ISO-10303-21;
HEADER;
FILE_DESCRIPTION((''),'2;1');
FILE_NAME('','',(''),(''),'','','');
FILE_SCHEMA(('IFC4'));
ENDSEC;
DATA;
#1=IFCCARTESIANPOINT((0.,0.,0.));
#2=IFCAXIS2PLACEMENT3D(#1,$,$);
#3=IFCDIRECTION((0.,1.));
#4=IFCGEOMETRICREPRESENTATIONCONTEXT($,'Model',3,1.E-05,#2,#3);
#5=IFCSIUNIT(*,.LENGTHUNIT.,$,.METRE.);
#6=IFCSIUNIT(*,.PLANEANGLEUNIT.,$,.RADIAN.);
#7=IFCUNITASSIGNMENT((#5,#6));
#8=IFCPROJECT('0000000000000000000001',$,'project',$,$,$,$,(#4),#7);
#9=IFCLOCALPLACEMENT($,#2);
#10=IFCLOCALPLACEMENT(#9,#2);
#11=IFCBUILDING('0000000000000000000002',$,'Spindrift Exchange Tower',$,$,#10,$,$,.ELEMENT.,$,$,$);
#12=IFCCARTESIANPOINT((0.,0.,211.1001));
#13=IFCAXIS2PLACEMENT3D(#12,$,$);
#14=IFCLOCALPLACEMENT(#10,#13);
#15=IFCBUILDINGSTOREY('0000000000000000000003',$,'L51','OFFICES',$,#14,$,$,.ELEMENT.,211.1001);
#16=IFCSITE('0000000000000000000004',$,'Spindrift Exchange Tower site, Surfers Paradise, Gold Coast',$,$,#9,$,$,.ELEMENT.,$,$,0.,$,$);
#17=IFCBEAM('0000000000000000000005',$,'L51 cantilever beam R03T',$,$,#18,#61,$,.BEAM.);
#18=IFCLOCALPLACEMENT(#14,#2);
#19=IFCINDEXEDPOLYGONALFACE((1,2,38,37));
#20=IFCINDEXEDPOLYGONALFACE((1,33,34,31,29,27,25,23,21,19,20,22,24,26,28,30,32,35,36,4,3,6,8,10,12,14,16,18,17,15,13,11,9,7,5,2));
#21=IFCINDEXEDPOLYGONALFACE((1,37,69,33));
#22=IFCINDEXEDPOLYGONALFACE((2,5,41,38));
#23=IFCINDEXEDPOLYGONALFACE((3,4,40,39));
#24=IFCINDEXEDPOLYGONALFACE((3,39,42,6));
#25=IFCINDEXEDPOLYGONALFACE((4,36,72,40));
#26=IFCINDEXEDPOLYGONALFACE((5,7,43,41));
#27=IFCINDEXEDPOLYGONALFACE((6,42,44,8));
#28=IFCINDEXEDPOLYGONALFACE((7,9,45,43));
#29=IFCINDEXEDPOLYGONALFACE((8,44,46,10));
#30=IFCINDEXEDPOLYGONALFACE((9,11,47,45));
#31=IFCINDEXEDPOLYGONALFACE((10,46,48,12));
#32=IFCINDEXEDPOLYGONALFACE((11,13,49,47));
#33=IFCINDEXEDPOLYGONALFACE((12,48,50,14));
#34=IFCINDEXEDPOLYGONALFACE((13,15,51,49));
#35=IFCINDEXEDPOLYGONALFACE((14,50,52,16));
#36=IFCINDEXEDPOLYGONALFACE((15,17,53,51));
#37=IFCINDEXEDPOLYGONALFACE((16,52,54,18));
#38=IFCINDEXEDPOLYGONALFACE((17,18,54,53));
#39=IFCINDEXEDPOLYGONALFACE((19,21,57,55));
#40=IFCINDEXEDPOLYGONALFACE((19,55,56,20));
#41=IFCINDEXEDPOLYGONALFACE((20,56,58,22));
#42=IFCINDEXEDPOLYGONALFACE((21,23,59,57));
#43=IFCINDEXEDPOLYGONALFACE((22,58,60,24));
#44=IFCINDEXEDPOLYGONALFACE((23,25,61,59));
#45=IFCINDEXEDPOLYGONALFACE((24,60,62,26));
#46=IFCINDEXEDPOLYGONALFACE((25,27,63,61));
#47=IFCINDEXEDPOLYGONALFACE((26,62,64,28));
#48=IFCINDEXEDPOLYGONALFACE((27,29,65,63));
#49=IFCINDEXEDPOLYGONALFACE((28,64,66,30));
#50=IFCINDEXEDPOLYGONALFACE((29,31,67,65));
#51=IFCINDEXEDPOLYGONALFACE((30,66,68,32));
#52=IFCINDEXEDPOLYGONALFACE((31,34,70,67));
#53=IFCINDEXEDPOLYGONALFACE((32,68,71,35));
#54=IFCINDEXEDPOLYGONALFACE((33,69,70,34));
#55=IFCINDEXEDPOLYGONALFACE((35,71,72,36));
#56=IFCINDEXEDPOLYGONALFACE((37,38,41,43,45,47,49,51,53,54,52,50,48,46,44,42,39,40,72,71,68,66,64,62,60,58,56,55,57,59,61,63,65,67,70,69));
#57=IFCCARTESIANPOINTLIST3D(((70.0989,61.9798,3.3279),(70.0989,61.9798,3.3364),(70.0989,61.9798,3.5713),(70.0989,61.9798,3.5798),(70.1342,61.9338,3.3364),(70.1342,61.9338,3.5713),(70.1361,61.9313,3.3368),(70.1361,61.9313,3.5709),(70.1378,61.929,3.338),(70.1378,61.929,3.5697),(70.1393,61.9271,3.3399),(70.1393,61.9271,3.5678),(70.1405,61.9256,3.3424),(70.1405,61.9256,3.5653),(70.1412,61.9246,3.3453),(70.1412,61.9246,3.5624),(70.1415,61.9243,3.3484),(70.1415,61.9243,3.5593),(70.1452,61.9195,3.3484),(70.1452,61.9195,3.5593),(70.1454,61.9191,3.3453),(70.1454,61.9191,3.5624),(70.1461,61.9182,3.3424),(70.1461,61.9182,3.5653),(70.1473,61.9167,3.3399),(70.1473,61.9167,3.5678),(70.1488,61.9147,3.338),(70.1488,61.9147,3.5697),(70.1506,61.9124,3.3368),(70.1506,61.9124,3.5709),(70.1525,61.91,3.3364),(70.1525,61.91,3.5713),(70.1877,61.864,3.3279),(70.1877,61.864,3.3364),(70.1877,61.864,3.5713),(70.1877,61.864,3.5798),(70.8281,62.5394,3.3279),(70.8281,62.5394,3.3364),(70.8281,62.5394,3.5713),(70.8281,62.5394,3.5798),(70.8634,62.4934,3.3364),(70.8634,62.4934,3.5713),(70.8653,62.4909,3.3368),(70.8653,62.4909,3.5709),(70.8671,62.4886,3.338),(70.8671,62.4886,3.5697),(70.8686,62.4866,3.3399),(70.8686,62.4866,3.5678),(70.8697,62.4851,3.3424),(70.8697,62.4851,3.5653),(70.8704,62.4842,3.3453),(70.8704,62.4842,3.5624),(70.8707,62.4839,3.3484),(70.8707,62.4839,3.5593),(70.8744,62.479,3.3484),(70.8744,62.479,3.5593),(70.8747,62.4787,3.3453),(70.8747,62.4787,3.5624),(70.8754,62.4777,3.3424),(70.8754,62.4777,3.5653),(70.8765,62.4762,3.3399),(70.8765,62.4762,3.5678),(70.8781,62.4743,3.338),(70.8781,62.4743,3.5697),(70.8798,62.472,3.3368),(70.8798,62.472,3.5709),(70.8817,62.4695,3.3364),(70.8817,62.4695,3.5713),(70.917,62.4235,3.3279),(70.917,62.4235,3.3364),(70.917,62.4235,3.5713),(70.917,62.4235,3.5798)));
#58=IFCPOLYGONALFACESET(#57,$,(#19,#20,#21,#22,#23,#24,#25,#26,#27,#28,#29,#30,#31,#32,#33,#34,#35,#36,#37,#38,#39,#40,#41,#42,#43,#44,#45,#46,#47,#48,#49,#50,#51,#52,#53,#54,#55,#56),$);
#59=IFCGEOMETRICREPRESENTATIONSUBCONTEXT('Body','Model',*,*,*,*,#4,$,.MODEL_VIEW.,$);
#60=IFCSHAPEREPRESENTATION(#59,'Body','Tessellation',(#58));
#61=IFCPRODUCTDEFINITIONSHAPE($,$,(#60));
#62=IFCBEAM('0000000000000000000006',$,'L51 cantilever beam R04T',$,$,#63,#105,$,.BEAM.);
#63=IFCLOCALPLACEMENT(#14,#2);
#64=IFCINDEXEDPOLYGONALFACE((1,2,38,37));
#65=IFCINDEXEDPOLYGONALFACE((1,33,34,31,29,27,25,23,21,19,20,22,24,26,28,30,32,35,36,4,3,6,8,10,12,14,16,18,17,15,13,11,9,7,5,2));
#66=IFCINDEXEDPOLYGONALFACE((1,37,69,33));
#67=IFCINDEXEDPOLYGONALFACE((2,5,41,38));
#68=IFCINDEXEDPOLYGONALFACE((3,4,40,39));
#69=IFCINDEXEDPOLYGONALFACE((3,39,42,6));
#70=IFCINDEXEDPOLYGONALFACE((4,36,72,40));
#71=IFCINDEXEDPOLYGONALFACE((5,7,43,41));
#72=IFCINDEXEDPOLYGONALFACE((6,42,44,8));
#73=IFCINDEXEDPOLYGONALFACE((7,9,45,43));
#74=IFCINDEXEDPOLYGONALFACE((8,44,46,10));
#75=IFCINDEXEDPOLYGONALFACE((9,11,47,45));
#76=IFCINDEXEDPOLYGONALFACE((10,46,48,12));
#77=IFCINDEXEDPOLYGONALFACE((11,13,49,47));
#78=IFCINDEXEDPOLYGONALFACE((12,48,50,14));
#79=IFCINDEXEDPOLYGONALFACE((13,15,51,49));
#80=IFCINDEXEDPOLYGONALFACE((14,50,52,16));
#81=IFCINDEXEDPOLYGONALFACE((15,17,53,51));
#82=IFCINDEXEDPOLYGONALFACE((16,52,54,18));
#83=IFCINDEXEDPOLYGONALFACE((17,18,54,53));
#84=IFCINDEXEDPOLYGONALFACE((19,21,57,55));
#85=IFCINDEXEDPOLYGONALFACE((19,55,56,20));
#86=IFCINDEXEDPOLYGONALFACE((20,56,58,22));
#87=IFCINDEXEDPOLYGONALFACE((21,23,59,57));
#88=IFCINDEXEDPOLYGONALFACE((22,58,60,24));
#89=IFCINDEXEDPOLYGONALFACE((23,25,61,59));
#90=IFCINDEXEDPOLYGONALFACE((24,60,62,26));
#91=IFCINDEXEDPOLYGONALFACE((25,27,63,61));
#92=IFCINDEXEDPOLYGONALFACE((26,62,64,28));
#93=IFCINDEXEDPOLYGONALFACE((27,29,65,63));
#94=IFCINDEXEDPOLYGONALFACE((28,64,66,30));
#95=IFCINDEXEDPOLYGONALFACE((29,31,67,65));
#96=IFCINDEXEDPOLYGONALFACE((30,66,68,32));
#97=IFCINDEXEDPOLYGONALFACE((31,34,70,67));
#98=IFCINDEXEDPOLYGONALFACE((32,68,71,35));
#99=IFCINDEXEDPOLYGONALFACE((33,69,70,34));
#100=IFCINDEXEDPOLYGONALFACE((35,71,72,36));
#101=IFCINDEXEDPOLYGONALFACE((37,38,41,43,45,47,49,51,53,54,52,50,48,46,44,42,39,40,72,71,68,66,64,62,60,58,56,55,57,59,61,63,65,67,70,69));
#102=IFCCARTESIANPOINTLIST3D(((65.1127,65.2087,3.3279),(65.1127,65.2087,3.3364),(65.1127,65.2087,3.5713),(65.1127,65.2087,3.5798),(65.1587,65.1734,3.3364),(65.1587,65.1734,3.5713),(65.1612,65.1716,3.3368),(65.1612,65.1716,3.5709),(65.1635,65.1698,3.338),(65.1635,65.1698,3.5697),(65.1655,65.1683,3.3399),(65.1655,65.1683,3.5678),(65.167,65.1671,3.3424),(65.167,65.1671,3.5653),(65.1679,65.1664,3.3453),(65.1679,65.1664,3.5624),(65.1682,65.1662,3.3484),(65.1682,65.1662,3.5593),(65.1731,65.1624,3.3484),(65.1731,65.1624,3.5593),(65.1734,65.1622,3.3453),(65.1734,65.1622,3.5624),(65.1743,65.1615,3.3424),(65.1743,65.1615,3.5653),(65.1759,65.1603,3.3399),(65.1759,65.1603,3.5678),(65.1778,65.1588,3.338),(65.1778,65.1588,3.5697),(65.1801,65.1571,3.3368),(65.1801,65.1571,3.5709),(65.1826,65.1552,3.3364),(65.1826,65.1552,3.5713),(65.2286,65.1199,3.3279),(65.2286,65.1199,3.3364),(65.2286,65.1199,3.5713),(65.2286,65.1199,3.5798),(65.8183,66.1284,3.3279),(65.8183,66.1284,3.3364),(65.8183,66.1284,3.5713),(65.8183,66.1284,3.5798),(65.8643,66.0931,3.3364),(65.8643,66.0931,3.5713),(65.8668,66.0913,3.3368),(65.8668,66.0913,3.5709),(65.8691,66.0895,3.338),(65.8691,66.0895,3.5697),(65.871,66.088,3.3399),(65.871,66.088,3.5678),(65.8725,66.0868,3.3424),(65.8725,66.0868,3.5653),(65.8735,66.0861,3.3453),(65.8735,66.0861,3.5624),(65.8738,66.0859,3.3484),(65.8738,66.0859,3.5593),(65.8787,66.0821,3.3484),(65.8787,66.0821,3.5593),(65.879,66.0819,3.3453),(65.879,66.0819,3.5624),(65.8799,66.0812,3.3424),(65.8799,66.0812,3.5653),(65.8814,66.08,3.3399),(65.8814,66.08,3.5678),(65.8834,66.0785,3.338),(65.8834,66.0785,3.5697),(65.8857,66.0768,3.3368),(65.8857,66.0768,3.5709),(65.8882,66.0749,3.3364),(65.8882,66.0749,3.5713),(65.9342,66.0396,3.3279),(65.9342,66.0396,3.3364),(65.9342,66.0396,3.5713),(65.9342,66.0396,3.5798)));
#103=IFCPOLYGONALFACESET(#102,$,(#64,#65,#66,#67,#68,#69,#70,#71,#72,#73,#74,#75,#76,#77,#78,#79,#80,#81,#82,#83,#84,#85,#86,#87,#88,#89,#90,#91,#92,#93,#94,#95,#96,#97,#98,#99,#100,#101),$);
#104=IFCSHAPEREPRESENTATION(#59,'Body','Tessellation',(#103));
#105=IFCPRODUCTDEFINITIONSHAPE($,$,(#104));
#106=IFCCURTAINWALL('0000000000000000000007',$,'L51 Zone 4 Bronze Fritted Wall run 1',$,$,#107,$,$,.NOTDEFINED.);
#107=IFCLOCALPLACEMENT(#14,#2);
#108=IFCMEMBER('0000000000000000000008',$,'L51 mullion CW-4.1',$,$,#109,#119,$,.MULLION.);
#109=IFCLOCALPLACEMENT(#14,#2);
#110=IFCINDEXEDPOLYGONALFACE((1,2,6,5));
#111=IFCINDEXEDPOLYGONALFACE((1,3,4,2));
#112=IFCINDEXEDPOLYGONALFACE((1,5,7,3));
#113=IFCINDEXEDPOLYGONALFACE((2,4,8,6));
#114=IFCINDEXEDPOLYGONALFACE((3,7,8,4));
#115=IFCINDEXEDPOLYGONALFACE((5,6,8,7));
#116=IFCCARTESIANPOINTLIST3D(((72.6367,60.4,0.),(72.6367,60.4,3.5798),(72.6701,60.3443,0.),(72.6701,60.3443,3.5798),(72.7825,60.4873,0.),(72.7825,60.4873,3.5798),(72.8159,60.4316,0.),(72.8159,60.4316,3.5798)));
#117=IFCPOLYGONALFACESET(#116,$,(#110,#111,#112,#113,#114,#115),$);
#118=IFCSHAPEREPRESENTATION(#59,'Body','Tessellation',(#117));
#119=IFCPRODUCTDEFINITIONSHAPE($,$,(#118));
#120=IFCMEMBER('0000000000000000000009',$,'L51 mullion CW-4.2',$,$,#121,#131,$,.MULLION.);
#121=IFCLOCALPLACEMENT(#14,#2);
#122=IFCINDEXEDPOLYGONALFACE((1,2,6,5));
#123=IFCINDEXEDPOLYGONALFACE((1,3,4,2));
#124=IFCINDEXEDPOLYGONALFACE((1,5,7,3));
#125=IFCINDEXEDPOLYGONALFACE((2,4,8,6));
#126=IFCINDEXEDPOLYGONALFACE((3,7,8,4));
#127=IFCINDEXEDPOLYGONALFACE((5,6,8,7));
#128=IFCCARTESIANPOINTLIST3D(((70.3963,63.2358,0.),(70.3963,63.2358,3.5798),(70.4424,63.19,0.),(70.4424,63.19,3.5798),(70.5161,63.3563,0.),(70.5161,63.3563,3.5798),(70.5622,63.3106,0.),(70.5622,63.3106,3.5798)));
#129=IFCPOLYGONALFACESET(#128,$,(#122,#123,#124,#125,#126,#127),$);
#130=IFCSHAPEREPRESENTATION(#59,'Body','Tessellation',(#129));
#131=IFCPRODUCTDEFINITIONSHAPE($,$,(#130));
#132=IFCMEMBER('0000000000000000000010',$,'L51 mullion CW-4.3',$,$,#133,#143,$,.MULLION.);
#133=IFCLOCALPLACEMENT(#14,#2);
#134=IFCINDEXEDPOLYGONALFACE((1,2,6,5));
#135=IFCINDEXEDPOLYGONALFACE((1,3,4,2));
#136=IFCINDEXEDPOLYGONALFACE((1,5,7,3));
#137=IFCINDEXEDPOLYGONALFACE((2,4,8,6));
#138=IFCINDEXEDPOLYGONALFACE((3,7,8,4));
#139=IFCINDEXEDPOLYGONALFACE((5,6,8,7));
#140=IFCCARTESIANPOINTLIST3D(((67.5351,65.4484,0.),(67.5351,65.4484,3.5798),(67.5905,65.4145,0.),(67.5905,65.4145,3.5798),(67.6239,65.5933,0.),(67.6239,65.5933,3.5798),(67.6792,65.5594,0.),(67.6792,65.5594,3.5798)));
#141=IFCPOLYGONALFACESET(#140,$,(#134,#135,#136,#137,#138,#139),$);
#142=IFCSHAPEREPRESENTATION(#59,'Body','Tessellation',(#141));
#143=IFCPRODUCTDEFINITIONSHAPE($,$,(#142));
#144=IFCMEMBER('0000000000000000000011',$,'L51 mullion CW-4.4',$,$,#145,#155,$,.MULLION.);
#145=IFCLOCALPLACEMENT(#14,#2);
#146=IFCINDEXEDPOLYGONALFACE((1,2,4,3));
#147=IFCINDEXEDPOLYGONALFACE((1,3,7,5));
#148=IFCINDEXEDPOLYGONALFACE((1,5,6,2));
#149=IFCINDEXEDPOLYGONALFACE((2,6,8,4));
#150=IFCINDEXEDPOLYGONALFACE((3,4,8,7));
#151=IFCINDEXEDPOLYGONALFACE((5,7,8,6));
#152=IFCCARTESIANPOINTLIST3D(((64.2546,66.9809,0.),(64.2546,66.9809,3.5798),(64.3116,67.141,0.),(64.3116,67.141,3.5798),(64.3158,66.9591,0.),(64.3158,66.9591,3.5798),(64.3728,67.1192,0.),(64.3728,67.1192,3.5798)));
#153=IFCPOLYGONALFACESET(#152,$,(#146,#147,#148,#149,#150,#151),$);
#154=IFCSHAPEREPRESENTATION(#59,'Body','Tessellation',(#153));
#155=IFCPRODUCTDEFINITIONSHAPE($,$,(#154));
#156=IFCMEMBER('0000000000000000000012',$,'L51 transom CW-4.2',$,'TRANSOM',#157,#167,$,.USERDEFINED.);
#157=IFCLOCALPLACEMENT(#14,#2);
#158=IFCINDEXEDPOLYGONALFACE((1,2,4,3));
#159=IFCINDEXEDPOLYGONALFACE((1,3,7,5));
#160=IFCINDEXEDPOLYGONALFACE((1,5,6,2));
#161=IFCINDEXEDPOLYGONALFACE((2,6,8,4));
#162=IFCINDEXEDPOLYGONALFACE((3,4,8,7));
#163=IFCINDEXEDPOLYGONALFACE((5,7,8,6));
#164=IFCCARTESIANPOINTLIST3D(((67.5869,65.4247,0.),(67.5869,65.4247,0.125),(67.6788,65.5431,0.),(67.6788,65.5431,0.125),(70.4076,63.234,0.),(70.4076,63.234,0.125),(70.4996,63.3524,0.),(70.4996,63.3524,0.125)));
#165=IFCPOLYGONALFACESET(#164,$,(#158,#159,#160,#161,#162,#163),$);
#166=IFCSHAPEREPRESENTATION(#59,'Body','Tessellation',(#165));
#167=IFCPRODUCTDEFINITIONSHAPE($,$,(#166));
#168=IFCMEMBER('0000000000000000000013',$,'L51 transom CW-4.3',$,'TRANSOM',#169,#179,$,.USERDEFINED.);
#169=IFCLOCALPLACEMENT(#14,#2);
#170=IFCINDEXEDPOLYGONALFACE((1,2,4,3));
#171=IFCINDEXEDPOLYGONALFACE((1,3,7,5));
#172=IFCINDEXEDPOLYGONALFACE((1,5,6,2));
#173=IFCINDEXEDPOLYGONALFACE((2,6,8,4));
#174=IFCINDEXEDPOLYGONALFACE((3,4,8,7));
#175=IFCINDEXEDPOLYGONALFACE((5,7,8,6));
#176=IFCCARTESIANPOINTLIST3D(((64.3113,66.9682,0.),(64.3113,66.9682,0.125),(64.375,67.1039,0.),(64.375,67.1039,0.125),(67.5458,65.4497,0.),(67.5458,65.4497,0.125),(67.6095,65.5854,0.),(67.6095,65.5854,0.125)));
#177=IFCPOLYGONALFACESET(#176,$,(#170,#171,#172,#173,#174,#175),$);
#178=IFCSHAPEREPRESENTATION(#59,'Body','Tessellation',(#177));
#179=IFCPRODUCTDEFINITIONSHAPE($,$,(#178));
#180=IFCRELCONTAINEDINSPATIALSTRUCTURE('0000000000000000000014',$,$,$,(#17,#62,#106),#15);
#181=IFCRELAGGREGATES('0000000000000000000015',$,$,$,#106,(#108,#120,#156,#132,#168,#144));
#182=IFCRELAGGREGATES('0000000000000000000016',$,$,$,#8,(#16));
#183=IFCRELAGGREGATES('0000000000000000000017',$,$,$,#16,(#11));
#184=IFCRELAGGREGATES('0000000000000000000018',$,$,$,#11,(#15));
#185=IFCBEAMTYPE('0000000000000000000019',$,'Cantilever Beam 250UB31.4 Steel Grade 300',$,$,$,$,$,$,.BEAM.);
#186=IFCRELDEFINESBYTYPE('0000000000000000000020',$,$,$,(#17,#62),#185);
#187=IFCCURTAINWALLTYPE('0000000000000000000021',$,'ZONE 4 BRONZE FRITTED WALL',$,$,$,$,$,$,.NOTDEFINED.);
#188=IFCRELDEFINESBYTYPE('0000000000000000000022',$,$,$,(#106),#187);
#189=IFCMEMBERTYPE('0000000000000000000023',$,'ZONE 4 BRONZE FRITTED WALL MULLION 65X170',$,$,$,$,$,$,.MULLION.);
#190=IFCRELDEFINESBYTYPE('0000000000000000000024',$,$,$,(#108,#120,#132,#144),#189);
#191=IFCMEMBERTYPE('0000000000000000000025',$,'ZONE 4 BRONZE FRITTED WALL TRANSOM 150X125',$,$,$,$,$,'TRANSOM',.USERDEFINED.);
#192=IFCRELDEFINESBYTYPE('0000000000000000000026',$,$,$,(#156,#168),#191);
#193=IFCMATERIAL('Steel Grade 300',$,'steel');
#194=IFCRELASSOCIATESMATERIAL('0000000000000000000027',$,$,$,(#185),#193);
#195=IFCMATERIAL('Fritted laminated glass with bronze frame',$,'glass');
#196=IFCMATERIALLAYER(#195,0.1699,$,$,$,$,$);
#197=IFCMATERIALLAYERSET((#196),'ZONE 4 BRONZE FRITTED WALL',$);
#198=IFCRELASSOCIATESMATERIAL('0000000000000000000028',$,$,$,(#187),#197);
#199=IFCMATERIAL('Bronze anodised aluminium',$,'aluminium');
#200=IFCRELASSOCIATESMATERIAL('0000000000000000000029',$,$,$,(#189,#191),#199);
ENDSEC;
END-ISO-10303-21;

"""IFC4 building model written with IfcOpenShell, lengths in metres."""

from ifc_helpers import new_model, si_unit, direction, frame, origin, origin_2d, place, context, subcontext, project, spatial, rectangle, i_section, extrude, source, transform, mapped, material, layer, layer_set, material_profile, profile_set, type_object, element, aggregate, save


model = new_model("IFC4")

# Units and contexts
model_context = context("Model", 3, precision=1e-05, world=origin(), true_north=direction((0.0, 1.0)))
body_context = subcontext(model_context, "Body", "Model", "MODEL_VIEW")
ifc_project = project(units=[si_unit("LENGTHUNIT", "METRE"), si_unit("PLANEANGLEUNIT", "RADIAN")], contexts=[model_context])

# Site, building, storey
site_placement = place(None, origin())
site = spatial("IfcSite", under=ifc_project, at=site_placement, Name="Spindrift Exchange Tower site, Surfers Paradise, Gold Coast", CompositionType="ELEMENT", RefElevation=0.0)
building_placement = place(site_placement, origin())
building = spatial("IfcBuilding", under=site, at=building_placement, Name="Spindrift Exchange Tower", CompositionType="ELEMENT")
storey_placement = place(building_placement, frame((0.0, 0.0, 211.1001)))
storey = spatial("IfcBuildingStorey", under=building, at=storey_placement, Name="L51", Description="OFFICES", CompositionType="ELEMENT", Elevation=211.1001)

# Beams
ifc_material_1 = material(Name="Steel Grade 300", Category="steel")
ifc_material_profile_1 = material_profile(ifc_material_1, i_section(OverallWidth=0.146, OverallDepth=0.252, WebThickness=0.0061, FlangeThickness=0.0085, FilletRadius=0.012, at=origin_2d()), Name="250UB31.4")
ifc_profile_set_1 = profile_set([ifc_material_profile_1], Name="Steel Grade 300")
beam_type_1 = type_object("IfcBeamType", Name="Cantilever Beam 250UB31.4 Steel Grade 300", PredefinedType="BEAM", material=ifc_profile_set_1)
shared_shape_1 = source(origin(), body_context, "Body", "SweptSolid", [
    extrude(i_section(OverallWidth=0.146, OverallDepth=0.252, WebThickness=0.0061, FlangeThickness=0.0085, FilletRadius=0.012, at=origin_2d()), origin(), (0.0, 0.0, 1.0), 0.9192),
])
beam_1_placement = place(storey_placement, frame((70.1433, 61.9219, 3.4539), z_axis=(0.793354, 0.60876, 0.0), x_axis=(-0.60876, 0.793354, 0.0)))
element("IfcBeam", 1, at=beam_1_placement, inside=storey, type_object=beam_type_1, Name="L51 cantilever beam R03T", PredefinedType="BEAM", context=body_context, shape_type="MappedRepresentation", body=[
    mapped(shared_shape_1, transform((0.0, 0.0, 0.0), scale=1.0)),
])
shared_shape_2 = source(origin(), body_context, "Body", "SweptSolid", [
    extrude(i_section(OverallWidth=0.146, OverallDepth=0.252, WebThickness=0.0061, FlangeThickness=0.0085, FilletRadius=0.012, at=origin_2d()), origin(), (0.0, 0.0, 1.0), 1.1592),
])
beam_2_placement = place(storey_placement, frame((65.1707, 65.1643, 3.4539), z_axis=(0.608692, 0.793406, 0.0), x_axis=(-0.793406, 0.608692, 0.0)))
element("IfcBeam", 2, at=beam_2_placement, inside=storey, type_object=beam_type_1, Name="L51 cantilever beam R04T", PredefinedType="BEAM", context=body_context, shape_type="MappedRepresentation", body=[
    mapped(shared_shape_2, transform((0.0, 0.0, 0.0), scale=1.0)),
])

# Curtain wall, members
ifc_material_2 = material(Name="Fritted laminated glass with bronze frame", Category="glass")
ifc_layer_1 = layer(ifc_material_2, 0.1699)
ifc_layer_set_1 = layer_set([ifc_layer_1], Name="ZONE 4 BRONZE FRITTED WALL")
curtain_wall_type = type_object("IfcCurtainWallType", Name="ZONE 4 BRONZE FRITTED WALL", PredefinedType="NOTDEFINED", material=ifc_layer_set_1)
curtain_wall_placement = place(storey_placement, origin())
curtain_wall = element("IfcCurtainWall", 3, at=curtain_wall_placement, inside=storey, type_object=curtain_wall_type, Name="L51 Zone 4 Bronze Fritted Wall run 1", PredefinedType="NOTDEFINED")
ifc_material_3 = material(Name="Bronze anodised aluminium", Category="aluminium")
ifc_material_profile_2 = material_profile(ifc_material_3, rectangle(XDim=0.0649, YDim=0.1699, at=origin_2d()), Name="ZONE 4 BRONZE FRITTED WALL MULLION 65X170")
ifc_profile_set_2 = profile_set([ifc_material_profile_2], Name="Bronze anodised aluminium")
member_type_1 = type_object("IfcMemberType", Name="ZONE 4 BRONZE FRITTED WALL MULLION 65X170", PredefinedType="MULLION", material=ifc_profile_set_2)
shared_shape_3 = source(origin(), body_context, "Body", "SweptSolid", [
    extrude(rectangle(XDim=0.0649, YDim=0.1699, at=origin_2d()), origin(), (0.0, 0.0, 1.0), 3.5798),
])
member_1_placement = place(storey_placement, frame((72.7263, 60.4158, 0.0), z_axis=(0.0, 0.0, 1.0), x_axis=(-0.513878, 0.857863, 0.0)))
member_1 = element("IfcMember", 4, at=member_1_placement, type_object=member_type_1, Name="L51 mullion CW-4.1", PredefinedType="MULLION", context=body_context, shape_type="MappedRepresentation", body=[
    mapped(shared_shape_3, transform((0.0, 0.0, 0.0), scale=1.0)),
])
member_2_placement = place(storey_placement, frame((70.4792, 63.2732, 0.0), z_axis=(0.0, 0.0, 1.0), x_axis=(-0.709242, 0.704965, 0.0)))
member_2 = element("IfcMember", 5, at=member_2_placement, type_object=member_type_1, Name="L51 mullion CW-4.2", PredefinedType="MULLION", context=body_context, shape_type="MappedRepresentation", body=[
    mapped(shared_shape_3, transform((0.0, 0.0, 0.0), scale=1.0)),
])
member_3_placement = place(storey_placement, frame((67.6072, 65.5039, 0.0), z_axis=(0.0, 0.0, 1.0), x_axis=(-0.852724, 0.522362, 0.0)))
member_3 = element("IfcMember", 6, at=member_3_placement, type_object=member_type_1, Name="L51 mullion CW-4.3", PredefinedType="MULLION", context=body_context, shape_type="MappedRepresentation", body=[
    mapped(shared_shape_3, transform((0.0, 0.0, 0.0), scale=1.0)),
])
member_4_placement = place(storey_placement, frame((64.3137, 67.05, 0.0), z_axis=(0.0, 0.0, 1.0), x_axis=(-0.942124, 0.335264, 0.0)))
member_4 = element("IfcMember", 7, at=member_4_placement, type_object=member_type_1, Name="L51 mullion CW-4.4", PredefinedType="MULLION", context=body_context, shape_type="MappedRepresentation", body=[
    mapped(shared_shape_3, transform((0.0, 0.0, 0.0), scale=1.0)),
])
ifc_material_profile_3 = material_profile(ifc_material_3, rectangle(XDim=0.1499, YDim=0.125, at=origin_2d()), Name="ZONE 4 BRONZE FRITTED WALL TRANSOM 150X125")
ifc_profile_set_3 = profile_set([ifc_material_profile_3], Name="Bronze anodised aluminium")
member_type_2 = type_object("IfcMemberType", Name="ZONE 4 BRONZE FRITTED WALL TRANSOM 150X125", ElementType="TRANSOM", PredefinedType="USERDEFINED", material=ifc_profile_set_3)
shared_shape_4 = source(origin(), body_context, "Body", "SweptSolid", [
    extrude(rectangle(XDim=0.1499, YDim=0.125, at=origin_2d()), origin(), (0.0, 0.0, 1.0), 3.5715),
])
member_5_placement = place(storey_placement, frame((70.4536, 63.2932, 0.0625), z_axis=(-0.789797, 0.613368, 0.0), x_axis=(-0.613368, -0.789797, 0.0)))
member_5 = element("IfcMember", 8, at=member_5_placement, type_object=member_type_2, Name="L51 transom CW-4.2", ObjectType="TRANSOM", PredefinedType="USERDEFINED", context=body_context, shape_type="MappedRepresentation", body=[
    mapped(shared_shape_4, transform((0.0, 0.0, 0.0), scale=1.0)),
])
shared_shape_5 = source(origin(), body_context, "Body", "SweptSolid", [
    extrude(rectangle(XDim=0.1499, YDim=0.125, at=origin_2d()), origin(), (0.0, 0.0, 1.0), 3.5732),
])
member_6_placement = place(storey_placement, frame((67.5776, 65.5176, 0.0625), z_axis=(-0.905209, 0.424968, 0.0), x_axis=(-0.424968, -0.905209, 0.0)))
member_6 = element("IfcMember", 9, at=member_6_placement, type_object=member_type_2, Name="L51 transom CW-4.3", ObjectType="TRANSOM", PredefinedType="USERDEFINED", context=body_context, shape_type="MappedRepresentation", body=[
    mapped(shared_shape_5, transform((0.0, 0.0, 0.0), scale=1.0)),
])
aggregate(curtain_wall, [member_1, member_2, member_5, member_3, member_6, member_4])

save(model, "model.ifc")
